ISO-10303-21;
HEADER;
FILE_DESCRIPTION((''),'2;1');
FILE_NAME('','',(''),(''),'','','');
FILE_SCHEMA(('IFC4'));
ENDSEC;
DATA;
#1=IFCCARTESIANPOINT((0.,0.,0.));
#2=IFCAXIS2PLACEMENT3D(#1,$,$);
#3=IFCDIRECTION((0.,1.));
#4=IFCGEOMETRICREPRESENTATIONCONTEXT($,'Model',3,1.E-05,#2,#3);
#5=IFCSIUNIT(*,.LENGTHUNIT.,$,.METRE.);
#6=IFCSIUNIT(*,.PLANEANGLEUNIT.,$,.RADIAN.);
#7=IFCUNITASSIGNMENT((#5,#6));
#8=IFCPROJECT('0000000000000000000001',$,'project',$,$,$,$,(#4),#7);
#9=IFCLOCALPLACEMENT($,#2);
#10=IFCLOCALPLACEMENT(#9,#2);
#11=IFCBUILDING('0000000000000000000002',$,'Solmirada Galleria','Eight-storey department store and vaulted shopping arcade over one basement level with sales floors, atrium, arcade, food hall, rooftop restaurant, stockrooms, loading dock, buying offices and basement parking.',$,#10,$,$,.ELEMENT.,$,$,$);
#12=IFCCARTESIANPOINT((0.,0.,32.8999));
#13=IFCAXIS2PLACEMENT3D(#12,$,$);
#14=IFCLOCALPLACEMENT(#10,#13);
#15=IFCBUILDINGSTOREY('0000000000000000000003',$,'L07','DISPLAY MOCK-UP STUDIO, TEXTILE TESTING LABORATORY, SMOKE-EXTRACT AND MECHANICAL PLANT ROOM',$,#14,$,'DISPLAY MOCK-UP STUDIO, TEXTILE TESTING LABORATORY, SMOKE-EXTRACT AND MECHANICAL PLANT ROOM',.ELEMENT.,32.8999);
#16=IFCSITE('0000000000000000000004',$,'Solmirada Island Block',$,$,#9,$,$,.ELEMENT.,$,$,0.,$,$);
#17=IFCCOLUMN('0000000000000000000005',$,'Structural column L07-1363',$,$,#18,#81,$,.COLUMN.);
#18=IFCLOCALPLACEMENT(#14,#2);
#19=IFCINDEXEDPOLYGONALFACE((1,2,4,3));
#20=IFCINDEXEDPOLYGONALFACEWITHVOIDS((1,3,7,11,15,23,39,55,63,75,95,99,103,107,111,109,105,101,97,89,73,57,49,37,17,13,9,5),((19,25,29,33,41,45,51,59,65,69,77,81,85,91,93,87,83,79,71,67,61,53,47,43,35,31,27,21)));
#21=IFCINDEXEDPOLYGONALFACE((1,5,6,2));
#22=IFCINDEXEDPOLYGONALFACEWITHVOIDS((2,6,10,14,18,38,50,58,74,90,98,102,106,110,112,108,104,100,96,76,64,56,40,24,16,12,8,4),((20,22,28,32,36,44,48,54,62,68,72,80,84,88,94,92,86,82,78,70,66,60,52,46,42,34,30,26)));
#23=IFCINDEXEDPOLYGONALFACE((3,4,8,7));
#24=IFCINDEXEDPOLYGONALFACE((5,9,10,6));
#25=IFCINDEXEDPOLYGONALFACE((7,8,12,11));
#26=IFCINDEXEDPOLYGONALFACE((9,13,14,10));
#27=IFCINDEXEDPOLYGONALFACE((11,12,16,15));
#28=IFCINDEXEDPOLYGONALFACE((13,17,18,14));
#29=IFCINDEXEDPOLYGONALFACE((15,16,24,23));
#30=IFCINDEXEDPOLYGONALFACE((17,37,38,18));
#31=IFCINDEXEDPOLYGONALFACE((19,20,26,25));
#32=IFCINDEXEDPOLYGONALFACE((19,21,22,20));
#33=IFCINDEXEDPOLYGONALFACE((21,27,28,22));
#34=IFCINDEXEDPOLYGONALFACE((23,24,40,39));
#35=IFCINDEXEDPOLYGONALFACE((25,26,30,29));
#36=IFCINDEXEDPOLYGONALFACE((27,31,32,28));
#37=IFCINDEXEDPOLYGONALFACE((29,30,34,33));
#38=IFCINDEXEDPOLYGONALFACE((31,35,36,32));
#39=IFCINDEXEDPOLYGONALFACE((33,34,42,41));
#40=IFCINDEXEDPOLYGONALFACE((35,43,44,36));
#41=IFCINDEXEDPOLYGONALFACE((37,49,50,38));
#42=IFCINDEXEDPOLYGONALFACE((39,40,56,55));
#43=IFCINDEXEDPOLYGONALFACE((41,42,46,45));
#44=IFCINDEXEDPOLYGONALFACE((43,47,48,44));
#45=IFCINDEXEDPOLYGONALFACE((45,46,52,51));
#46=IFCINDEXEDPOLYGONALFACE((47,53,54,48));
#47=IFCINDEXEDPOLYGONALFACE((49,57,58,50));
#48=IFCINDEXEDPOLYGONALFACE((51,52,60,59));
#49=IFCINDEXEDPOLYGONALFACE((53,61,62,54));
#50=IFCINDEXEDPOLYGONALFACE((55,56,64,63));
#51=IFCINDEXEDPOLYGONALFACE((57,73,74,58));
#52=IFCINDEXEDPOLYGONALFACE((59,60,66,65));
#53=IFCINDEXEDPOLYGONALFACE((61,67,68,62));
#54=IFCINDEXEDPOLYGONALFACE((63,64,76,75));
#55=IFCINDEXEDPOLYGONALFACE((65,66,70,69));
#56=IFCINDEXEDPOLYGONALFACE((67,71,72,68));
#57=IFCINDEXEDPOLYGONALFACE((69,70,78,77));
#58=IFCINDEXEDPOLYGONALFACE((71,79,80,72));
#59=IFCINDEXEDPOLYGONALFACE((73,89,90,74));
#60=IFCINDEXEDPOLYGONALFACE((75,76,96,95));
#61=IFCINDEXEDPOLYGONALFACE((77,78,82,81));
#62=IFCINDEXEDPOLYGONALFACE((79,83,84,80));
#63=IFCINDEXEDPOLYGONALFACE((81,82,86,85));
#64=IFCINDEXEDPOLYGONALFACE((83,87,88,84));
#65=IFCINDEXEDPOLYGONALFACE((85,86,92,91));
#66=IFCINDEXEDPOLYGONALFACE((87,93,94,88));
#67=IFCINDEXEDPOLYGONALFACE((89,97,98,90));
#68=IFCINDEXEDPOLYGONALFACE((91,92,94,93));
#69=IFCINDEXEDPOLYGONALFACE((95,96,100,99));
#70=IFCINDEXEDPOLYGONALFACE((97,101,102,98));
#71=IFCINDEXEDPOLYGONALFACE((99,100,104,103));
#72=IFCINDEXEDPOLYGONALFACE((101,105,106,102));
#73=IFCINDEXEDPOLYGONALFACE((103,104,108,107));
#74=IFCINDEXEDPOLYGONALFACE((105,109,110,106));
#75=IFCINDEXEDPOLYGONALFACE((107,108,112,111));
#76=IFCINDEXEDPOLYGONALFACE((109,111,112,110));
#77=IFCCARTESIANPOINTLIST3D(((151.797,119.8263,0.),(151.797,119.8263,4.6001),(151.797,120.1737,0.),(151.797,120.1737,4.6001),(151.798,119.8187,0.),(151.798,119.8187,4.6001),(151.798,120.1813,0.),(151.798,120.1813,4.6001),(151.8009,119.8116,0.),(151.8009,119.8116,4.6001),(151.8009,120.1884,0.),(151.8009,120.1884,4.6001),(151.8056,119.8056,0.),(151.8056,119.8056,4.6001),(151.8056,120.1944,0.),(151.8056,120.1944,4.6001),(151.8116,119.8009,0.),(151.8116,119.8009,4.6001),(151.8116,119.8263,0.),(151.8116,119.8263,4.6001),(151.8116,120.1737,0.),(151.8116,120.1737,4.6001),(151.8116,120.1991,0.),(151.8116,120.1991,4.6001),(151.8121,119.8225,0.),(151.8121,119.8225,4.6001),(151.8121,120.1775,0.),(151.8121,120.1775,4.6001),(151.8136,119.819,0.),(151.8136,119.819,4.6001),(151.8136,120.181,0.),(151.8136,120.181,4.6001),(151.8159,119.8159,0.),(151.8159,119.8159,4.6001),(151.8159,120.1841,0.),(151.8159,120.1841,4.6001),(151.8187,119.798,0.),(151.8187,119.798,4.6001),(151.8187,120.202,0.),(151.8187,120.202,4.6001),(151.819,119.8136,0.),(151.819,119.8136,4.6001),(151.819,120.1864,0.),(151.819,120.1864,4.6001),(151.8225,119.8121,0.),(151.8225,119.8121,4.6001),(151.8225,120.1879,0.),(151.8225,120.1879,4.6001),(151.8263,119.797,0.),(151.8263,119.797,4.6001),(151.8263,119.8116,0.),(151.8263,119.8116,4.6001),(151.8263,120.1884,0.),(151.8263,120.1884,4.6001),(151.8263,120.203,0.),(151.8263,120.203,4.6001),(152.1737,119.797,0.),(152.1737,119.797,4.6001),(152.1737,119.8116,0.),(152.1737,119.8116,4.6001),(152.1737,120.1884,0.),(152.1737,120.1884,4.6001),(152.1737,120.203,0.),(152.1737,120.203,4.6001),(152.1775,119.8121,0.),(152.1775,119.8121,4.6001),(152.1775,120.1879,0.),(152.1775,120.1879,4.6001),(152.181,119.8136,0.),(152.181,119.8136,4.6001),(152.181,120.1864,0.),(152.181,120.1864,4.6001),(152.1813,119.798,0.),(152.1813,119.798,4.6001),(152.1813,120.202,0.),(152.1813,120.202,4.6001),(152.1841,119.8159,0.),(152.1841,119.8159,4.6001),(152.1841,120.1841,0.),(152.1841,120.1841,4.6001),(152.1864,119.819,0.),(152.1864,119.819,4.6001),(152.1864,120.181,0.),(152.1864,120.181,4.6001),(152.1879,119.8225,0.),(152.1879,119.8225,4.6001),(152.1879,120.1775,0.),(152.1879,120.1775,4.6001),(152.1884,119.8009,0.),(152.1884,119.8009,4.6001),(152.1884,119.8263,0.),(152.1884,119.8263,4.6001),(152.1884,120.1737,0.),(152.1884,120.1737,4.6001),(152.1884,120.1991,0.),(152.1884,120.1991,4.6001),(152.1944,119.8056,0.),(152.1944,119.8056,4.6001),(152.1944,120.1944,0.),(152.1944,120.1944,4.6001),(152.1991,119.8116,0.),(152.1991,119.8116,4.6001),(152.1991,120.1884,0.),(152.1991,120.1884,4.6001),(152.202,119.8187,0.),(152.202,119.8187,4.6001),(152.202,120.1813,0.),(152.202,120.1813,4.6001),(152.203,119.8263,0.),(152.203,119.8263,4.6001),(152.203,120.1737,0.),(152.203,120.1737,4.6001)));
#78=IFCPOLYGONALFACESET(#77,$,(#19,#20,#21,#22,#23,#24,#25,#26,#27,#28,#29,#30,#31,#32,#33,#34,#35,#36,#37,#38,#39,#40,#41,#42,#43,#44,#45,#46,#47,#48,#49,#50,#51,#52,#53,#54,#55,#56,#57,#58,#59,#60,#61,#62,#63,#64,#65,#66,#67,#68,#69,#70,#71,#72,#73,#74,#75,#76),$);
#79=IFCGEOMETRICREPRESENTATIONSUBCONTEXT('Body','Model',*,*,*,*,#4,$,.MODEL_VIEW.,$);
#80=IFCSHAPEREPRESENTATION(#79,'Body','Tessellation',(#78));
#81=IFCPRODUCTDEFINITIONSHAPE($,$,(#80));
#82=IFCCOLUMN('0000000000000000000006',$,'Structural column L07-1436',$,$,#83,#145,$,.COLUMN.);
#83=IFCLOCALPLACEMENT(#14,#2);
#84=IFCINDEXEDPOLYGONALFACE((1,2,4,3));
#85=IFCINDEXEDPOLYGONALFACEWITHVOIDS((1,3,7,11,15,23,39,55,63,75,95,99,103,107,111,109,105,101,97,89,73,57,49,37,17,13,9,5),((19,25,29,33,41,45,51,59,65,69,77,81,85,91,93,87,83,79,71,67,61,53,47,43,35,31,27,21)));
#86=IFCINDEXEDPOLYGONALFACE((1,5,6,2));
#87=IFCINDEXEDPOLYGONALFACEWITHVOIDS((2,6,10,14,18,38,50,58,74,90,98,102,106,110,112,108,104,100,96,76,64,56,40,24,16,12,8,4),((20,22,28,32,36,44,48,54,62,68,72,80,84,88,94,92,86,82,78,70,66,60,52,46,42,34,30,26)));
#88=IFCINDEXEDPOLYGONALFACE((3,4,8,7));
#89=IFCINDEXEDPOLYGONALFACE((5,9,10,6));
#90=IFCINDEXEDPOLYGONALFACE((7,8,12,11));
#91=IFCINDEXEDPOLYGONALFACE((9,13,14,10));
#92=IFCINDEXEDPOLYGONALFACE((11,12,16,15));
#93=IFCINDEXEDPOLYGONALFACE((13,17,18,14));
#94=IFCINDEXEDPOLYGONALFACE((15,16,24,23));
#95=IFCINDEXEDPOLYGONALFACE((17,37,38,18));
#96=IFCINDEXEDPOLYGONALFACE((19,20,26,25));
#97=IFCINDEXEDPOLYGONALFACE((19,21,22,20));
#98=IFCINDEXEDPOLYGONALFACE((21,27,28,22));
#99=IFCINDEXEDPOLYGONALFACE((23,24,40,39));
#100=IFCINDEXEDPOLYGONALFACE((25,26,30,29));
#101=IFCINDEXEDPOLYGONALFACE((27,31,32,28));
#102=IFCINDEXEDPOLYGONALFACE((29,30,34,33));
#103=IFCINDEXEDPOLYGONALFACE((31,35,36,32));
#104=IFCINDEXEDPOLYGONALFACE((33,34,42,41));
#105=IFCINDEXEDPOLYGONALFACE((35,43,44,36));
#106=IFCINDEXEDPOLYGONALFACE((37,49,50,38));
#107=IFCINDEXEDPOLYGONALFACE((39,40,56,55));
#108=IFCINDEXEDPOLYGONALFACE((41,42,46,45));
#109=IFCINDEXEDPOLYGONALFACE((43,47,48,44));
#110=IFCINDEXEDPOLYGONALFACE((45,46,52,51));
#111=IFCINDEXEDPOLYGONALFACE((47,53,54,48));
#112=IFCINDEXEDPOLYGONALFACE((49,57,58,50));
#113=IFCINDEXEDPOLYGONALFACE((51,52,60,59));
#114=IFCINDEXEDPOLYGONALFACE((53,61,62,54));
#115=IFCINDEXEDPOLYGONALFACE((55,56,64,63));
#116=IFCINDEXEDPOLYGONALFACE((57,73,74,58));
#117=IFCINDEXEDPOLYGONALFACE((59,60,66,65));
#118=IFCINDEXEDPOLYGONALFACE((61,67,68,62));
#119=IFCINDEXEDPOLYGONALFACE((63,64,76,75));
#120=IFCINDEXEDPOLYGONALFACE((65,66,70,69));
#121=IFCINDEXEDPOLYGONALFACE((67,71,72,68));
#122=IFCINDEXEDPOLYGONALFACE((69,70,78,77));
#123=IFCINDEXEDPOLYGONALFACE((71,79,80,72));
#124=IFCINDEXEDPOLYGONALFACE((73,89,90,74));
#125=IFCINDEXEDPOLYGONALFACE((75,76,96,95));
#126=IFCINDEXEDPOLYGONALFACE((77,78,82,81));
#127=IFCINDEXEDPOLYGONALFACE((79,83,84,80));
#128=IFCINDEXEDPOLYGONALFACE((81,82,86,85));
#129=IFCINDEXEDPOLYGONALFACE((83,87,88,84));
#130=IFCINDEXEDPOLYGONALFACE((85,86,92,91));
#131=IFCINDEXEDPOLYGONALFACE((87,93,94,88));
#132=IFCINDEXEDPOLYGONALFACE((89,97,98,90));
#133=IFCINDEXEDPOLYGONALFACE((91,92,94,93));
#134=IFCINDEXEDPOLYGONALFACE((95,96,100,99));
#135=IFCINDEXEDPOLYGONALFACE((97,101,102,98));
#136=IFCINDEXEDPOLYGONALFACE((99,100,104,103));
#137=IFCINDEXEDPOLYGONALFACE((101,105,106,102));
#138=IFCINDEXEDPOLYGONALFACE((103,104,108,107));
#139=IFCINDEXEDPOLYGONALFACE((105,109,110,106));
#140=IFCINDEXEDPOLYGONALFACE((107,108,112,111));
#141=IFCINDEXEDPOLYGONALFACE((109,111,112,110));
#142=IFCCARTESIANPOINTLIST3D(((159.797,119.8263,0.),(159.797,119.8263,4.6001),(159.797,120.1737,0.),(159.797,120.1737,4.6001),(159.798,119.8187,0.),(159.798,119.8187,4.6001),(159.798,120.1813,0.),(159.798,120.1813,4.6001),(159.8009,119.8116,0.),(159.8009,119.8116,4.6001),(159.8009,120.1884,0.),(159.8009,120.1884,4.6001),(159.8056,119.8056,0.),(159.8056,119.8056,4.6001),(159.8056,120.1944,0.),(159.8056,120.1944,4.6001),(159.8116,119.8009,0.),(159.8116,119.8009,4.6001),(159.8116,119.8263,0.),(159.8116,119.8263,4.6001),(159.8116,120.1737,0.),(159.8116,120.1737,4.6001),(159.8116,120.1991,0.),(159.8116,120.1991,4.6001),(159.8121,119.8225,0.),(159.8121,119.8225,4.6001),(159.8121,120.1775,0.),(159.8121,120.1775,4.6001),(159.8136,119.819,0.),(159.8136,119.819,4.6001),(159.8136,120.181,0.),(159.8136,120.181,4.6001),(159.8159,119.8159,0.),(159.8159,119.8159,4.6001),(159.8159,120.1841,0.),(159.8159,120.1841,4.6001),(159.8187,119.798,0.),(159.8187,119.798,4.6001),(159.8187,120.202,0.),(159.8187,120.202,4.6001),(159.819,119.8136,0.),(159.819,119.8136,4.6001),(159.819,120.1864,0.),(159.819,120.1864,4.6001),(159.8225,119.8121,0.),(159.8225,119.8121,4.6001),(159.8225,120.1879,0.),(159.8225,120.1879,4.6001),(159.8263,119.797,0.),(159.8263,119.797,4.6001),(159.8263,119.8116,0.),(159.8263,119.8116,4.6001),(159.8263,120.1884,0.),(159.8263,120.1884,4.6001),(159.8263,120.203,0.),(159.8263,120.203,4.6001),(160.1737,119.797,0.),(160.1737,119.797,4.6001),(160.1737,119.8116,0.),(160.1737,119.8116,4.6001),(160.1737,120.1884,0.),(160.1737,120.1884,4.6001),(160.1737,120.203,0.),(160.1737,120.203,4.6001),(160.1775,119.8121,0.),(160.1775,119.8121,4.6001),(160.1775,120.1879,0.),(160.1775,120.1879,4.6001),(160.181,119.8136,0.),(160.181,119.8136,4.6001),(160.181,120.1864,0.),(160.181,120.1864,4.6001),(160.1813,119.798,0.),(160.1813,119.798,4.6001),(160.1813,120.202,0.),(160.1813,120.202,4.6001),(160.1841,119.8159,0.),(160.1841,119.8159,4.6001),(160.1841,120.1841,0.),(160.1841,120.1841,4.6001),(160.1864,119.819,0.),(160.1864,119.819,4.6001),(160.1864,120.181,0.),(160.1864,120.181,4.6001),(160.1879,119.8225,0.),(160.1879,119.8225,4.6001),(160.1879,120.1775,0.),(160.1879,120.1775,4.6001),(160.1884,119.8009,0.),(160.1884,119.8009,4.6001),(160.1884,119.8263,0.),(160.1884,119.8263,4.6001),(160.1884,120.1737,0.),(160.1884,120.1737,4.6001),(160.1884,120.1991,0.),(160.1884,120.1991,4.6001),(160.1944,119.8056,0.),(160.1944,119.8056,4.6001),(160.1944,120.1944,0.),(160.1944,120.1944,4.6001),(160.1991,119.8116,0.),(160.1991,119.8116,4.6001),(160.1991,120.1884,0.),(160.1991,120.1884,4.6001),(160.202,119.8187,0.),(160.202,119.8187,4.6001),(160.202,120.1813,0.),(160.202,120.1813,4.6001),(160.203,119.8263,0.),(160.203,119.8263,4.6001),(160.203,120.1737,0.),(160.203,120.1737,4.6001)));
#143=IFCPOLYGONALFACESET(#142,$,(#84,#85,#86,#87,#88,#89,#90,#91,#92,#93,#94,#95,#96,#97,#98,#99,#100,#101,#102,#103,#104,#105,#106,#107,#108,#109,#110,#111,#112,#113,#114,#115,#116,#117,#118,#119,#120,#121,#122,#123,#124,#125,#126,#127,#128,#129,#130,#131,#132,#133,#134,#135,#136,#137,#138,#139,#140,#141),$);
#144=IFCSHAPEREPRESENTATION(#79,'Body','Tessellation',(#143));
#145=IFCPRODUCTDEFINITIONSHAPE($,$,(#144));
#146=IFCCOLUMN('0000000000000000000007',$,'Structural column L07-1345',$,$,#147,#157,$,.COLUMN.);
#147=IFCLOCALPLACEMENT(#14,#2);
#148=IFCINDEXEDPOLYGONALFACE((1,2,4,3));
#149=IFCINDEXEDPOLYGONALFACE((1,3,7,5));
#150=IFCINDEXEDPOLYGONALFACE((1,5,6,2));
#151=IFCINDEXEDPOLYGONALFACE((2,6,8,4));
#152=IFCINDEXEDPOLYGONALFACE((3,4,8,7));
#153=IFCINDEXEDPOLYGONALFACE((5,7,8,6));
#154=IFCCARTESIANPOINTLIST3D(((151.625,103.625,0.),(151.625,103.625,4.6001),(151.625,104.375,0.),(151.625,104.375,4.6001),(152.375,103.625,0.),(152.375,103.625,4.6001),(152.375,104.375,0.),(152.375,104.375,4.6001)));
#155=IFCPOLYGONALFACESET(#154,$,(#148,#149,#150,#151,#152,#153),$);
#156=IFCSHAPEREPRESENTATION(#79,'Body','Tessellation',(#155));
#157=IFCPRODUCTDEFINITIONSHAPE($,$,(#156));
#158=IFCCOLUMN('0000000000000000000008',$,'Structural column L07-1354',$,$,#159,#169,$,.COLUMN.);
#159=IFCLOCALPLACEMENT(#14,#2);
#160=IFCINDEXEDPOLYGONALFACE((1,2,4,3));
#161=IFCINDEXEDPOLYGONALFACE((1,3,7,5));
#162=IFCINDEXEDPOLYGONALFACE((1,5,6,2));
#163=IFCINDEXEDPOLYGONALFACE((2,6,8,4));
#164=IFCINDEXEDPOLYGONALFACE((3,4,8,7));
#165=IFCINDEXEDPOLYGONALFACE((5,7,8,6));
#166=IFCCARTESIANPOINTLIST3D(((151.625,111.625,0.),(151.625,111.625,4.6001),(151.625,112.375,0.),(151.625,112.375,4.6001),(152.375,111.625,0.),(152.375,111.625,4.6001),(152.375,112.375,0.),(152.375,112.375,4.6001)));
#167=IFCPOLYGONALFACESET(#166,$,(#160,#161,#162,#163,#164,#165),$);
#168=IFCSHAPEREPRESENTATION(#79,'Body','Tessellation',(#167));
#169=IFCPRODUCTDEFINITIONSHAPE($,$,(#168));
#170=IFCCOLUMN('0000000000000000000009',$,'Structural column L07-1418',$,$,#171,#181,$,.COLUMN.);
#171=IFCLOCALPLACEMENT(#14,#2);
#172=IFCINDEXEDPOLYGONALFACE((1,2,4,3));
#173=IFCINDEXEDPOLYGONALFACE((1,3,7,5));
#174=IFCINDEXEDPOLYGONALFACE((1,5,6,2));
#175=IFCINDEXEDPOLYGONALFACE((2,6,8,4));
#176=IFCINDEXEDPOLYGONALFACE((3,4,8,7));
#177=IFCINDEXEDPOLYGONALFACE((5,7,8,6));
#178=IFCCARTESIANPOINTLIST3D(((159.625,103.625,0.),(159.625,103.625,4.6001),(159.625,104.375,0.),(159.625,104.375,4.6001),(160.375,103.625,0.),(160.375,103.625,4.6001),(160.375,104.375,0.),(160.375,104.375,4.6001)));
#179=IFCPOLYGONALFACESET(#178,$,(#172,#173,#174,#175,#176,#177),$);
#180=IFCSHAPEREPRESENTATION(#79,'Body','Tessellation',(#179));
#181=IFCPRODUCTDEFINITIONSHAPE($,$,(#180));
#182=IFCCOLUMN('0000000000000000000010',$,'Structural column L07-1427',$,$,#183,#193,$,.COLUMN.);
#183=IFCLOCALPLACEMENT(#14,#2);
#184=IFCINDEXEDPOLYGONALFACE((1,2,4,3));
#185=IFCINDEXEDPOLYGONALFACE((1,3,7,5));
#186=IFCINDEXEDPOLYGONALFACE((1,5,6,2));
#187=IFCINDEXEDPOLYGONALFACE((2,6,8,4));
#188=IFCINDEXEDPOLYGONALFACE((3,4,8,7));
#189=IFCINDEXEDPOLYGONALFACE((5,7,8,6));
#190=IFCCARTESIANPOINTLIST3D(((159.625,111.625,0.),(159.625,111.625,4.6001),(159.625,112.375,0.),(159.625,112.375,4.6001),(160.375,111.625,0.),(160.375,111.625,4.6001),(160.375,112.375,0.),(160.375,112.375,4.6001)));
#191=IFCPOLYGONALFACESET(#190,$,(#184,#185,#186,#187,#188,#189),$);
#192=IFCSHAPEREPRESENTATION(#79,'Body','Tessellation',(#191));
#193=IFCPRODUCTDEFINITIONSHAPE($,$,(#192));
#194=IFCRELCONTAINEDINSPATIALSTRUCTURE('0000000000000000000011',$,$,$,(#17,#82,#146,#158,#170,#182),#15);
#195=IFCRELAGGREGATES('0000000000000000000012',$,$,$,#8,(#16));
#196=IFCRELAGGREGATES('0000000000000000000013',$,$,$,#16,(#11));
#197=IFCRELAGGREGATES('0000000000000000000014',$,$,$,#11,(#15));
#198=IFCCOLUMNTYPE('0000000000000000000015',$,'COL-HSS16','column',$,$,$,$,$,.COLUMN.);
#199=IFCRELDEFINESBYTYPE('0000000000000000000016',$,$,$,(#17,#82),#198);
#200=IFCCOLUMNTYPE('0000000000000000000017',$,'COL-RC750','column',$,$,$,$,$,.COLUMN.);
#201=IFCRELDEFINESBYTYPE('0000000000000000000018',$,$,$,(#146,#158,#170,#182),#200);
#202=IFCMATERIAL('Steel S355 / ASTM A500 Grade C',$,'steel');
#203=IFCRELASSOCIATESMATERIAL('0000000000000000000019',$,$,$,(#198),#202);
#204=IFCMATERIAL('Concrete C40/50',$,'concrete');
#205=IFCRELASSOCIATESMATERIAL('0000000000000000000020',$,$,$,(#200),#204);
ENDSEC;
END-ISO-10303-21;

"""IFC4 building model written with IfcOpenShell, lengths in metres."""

from ifc_helpers import new_model, si_unit, direction, frame, origin, origin_2d, place, context, subcontext, project, spatial, rectangle, hollow_rectangle, extrude, material, material_profile, profile_set, type_object, element, save


model = new_model("IFC4")

# Units and contexts
model_context = context("Model", 3, precision=1e-05, world=origin(), true_north=direction((0.0, 1.0)))
body_context = subcontext(model_context, "Body", "Model", "MODEL_VIEW")
ifc_project = project(units=[si_unit("LENGTHUNIT", "METRE"), si_unit("PLANEANGLEUNIT", "RADIAN")], contexts=[model_context])

# Site, building, storey
site_placement = place(None, origin())
site = spatial("IfcSite", under=ifc_project, at=site_placement, Name="Solmirada Island Block", CompositionType="ELEMENT", RefElevation=0.0)
building_placement = place(site_placement, origin())
building = spatial("IfcBuilding", under=site, at=building_placement, Name="Solmirada Galleria", Description="Eight-storey department store and vaulted shopping arcade over one basement level with sales floors, atrium, arcade, food hall, rooftop restaurant, stockrooms, loading dock, buying offices and basement parking.", CompositionType="ELEMENT")
storey_placement = place(building_placement, frame((0.0, 0.0, 32.8999)))
storey = spatial("IfcBuildingStorey", under=building, at=storey_placement, Name="L07", Description="DISPLAY MOCK-UP STUDIO, TEXTILE TESTING LABORATORY, SMOKE-EXTRACT AND MECHANICAL PLANT ROOM", LongName="DISPLAY MOCK-UP STUDIO, TEXTILE TESTING LABORATORY, SMOKE-EXTRACT AND MECHANICAL PLANT ROOM", CompositionType="ELEMENT", Elevation=32.8999)

# Columns
ifc_material_1 = material(Name="Steel S355 / ASTM A500 Grade C", Category="steel")
ifc_material_profile_1 = material_profile(ifc_material_1, hollow_rectangle(XDim=0.406, YDim=0.406, WallThickness=0.0146, InnerFilletRadius=0.0146, OuterFilletRadius=0.0293, at=origin_2d()), Name="HSS16X16X5/8")
ifc_profile_set_1 = profile_set([ifc_material_profile_1], Name="Steel S355 / ASTM A500 Grade C")
column_type_1 = type_object("IfcColumnType", Name="COL-HSS16", Description="column", PredefinedType="COLUMN", material=ifc_profile_set_1)
for number, where, z_axis, x_axis, name in (
    (1, (152.0, 120.0, 0.0), (0.0, 0.0, 1.0), (1.0, 0.0, 0.0), "Structural column L07-1363"),
    (2, (160.0, 120.0, 0.0), (0.0, 0.0, 1.0), (1.0, 0.0, 0.0), "Structural column L07-1436"),
):
    element("IfcColumn", number, at=place(storey_placement, frame(where, z_axis=z_axis, x_axis=x_axis)), inside=storey, type_object=column_type_1, Name=name, PredefinedType="COLUMN", context=body_context, shape_type="SweptSolid", body=[
        extrude(hollow_rectangle(XDim=0.406, YDim=0.406, WallThickness=0.0146, InnerFilletRadius=0.0146, OuterFilletRadius=0.0293, at=origin_2d()), origin(), (0.0, 0.0, 1.0), 4.6001),
    ])
ifc_material_2 = material(Name="Concrete C40/50", Category="concrete")
ifc_material_profile_2 = material_profile(ifc_material_2, rectangle(XDim=0.75, YDim=0.75, at=origin_2d()), Name="RC750X750")
ifc_profile_set_2 = profile_set([ifc_material_profile_2], Name="Concrete C40/50")
column_type_2 = type_object("IfcColumnType", Name="COL-RC750", Description="column", PredefinedType="COLUMN", material=ifc_profile_set_2)
for number, where, z_axis, x_axis, name in (
    (3, (152.0, 104.0, 0.0), (0.0, 0.0, 1.0), (1.0, 0.0, 0.0), "Structural column L07-1345"),
    (4, (152.0, 112.0, 0.0), (0.0, 0.0, 1.0), (1.0, 0.0, 0.0), "Structural column L07-1354"),
    (5, (160.0, 104.0, 0.0), (0.0, 0.0, 1.0), (1.0, 0.0, 0.0), "Structural column L07-1418"),
    (6, (160.0, 112.0, 0.0), (0.0, 0.0, 1.0), (1.0, 0.0, 0.0), "Structural column L07-1427"),
):
    element("IfcColumn", number, at=place(storey_placement, frame(where, z_axis=z_axis, x_axis=x_axis)), inside=storey, type_object=column_type_2, Name=name, PredefinedType="COLUMN", context=body_context, shape_type="SweptSolid", body=[
        extrude(rectangle(XDim=0.75, YDim=0.75, at=origin_2d()), origin(), (0.0, 0.0, 1.0), 4.6001),
    ])

save(model, "model.ifc")
